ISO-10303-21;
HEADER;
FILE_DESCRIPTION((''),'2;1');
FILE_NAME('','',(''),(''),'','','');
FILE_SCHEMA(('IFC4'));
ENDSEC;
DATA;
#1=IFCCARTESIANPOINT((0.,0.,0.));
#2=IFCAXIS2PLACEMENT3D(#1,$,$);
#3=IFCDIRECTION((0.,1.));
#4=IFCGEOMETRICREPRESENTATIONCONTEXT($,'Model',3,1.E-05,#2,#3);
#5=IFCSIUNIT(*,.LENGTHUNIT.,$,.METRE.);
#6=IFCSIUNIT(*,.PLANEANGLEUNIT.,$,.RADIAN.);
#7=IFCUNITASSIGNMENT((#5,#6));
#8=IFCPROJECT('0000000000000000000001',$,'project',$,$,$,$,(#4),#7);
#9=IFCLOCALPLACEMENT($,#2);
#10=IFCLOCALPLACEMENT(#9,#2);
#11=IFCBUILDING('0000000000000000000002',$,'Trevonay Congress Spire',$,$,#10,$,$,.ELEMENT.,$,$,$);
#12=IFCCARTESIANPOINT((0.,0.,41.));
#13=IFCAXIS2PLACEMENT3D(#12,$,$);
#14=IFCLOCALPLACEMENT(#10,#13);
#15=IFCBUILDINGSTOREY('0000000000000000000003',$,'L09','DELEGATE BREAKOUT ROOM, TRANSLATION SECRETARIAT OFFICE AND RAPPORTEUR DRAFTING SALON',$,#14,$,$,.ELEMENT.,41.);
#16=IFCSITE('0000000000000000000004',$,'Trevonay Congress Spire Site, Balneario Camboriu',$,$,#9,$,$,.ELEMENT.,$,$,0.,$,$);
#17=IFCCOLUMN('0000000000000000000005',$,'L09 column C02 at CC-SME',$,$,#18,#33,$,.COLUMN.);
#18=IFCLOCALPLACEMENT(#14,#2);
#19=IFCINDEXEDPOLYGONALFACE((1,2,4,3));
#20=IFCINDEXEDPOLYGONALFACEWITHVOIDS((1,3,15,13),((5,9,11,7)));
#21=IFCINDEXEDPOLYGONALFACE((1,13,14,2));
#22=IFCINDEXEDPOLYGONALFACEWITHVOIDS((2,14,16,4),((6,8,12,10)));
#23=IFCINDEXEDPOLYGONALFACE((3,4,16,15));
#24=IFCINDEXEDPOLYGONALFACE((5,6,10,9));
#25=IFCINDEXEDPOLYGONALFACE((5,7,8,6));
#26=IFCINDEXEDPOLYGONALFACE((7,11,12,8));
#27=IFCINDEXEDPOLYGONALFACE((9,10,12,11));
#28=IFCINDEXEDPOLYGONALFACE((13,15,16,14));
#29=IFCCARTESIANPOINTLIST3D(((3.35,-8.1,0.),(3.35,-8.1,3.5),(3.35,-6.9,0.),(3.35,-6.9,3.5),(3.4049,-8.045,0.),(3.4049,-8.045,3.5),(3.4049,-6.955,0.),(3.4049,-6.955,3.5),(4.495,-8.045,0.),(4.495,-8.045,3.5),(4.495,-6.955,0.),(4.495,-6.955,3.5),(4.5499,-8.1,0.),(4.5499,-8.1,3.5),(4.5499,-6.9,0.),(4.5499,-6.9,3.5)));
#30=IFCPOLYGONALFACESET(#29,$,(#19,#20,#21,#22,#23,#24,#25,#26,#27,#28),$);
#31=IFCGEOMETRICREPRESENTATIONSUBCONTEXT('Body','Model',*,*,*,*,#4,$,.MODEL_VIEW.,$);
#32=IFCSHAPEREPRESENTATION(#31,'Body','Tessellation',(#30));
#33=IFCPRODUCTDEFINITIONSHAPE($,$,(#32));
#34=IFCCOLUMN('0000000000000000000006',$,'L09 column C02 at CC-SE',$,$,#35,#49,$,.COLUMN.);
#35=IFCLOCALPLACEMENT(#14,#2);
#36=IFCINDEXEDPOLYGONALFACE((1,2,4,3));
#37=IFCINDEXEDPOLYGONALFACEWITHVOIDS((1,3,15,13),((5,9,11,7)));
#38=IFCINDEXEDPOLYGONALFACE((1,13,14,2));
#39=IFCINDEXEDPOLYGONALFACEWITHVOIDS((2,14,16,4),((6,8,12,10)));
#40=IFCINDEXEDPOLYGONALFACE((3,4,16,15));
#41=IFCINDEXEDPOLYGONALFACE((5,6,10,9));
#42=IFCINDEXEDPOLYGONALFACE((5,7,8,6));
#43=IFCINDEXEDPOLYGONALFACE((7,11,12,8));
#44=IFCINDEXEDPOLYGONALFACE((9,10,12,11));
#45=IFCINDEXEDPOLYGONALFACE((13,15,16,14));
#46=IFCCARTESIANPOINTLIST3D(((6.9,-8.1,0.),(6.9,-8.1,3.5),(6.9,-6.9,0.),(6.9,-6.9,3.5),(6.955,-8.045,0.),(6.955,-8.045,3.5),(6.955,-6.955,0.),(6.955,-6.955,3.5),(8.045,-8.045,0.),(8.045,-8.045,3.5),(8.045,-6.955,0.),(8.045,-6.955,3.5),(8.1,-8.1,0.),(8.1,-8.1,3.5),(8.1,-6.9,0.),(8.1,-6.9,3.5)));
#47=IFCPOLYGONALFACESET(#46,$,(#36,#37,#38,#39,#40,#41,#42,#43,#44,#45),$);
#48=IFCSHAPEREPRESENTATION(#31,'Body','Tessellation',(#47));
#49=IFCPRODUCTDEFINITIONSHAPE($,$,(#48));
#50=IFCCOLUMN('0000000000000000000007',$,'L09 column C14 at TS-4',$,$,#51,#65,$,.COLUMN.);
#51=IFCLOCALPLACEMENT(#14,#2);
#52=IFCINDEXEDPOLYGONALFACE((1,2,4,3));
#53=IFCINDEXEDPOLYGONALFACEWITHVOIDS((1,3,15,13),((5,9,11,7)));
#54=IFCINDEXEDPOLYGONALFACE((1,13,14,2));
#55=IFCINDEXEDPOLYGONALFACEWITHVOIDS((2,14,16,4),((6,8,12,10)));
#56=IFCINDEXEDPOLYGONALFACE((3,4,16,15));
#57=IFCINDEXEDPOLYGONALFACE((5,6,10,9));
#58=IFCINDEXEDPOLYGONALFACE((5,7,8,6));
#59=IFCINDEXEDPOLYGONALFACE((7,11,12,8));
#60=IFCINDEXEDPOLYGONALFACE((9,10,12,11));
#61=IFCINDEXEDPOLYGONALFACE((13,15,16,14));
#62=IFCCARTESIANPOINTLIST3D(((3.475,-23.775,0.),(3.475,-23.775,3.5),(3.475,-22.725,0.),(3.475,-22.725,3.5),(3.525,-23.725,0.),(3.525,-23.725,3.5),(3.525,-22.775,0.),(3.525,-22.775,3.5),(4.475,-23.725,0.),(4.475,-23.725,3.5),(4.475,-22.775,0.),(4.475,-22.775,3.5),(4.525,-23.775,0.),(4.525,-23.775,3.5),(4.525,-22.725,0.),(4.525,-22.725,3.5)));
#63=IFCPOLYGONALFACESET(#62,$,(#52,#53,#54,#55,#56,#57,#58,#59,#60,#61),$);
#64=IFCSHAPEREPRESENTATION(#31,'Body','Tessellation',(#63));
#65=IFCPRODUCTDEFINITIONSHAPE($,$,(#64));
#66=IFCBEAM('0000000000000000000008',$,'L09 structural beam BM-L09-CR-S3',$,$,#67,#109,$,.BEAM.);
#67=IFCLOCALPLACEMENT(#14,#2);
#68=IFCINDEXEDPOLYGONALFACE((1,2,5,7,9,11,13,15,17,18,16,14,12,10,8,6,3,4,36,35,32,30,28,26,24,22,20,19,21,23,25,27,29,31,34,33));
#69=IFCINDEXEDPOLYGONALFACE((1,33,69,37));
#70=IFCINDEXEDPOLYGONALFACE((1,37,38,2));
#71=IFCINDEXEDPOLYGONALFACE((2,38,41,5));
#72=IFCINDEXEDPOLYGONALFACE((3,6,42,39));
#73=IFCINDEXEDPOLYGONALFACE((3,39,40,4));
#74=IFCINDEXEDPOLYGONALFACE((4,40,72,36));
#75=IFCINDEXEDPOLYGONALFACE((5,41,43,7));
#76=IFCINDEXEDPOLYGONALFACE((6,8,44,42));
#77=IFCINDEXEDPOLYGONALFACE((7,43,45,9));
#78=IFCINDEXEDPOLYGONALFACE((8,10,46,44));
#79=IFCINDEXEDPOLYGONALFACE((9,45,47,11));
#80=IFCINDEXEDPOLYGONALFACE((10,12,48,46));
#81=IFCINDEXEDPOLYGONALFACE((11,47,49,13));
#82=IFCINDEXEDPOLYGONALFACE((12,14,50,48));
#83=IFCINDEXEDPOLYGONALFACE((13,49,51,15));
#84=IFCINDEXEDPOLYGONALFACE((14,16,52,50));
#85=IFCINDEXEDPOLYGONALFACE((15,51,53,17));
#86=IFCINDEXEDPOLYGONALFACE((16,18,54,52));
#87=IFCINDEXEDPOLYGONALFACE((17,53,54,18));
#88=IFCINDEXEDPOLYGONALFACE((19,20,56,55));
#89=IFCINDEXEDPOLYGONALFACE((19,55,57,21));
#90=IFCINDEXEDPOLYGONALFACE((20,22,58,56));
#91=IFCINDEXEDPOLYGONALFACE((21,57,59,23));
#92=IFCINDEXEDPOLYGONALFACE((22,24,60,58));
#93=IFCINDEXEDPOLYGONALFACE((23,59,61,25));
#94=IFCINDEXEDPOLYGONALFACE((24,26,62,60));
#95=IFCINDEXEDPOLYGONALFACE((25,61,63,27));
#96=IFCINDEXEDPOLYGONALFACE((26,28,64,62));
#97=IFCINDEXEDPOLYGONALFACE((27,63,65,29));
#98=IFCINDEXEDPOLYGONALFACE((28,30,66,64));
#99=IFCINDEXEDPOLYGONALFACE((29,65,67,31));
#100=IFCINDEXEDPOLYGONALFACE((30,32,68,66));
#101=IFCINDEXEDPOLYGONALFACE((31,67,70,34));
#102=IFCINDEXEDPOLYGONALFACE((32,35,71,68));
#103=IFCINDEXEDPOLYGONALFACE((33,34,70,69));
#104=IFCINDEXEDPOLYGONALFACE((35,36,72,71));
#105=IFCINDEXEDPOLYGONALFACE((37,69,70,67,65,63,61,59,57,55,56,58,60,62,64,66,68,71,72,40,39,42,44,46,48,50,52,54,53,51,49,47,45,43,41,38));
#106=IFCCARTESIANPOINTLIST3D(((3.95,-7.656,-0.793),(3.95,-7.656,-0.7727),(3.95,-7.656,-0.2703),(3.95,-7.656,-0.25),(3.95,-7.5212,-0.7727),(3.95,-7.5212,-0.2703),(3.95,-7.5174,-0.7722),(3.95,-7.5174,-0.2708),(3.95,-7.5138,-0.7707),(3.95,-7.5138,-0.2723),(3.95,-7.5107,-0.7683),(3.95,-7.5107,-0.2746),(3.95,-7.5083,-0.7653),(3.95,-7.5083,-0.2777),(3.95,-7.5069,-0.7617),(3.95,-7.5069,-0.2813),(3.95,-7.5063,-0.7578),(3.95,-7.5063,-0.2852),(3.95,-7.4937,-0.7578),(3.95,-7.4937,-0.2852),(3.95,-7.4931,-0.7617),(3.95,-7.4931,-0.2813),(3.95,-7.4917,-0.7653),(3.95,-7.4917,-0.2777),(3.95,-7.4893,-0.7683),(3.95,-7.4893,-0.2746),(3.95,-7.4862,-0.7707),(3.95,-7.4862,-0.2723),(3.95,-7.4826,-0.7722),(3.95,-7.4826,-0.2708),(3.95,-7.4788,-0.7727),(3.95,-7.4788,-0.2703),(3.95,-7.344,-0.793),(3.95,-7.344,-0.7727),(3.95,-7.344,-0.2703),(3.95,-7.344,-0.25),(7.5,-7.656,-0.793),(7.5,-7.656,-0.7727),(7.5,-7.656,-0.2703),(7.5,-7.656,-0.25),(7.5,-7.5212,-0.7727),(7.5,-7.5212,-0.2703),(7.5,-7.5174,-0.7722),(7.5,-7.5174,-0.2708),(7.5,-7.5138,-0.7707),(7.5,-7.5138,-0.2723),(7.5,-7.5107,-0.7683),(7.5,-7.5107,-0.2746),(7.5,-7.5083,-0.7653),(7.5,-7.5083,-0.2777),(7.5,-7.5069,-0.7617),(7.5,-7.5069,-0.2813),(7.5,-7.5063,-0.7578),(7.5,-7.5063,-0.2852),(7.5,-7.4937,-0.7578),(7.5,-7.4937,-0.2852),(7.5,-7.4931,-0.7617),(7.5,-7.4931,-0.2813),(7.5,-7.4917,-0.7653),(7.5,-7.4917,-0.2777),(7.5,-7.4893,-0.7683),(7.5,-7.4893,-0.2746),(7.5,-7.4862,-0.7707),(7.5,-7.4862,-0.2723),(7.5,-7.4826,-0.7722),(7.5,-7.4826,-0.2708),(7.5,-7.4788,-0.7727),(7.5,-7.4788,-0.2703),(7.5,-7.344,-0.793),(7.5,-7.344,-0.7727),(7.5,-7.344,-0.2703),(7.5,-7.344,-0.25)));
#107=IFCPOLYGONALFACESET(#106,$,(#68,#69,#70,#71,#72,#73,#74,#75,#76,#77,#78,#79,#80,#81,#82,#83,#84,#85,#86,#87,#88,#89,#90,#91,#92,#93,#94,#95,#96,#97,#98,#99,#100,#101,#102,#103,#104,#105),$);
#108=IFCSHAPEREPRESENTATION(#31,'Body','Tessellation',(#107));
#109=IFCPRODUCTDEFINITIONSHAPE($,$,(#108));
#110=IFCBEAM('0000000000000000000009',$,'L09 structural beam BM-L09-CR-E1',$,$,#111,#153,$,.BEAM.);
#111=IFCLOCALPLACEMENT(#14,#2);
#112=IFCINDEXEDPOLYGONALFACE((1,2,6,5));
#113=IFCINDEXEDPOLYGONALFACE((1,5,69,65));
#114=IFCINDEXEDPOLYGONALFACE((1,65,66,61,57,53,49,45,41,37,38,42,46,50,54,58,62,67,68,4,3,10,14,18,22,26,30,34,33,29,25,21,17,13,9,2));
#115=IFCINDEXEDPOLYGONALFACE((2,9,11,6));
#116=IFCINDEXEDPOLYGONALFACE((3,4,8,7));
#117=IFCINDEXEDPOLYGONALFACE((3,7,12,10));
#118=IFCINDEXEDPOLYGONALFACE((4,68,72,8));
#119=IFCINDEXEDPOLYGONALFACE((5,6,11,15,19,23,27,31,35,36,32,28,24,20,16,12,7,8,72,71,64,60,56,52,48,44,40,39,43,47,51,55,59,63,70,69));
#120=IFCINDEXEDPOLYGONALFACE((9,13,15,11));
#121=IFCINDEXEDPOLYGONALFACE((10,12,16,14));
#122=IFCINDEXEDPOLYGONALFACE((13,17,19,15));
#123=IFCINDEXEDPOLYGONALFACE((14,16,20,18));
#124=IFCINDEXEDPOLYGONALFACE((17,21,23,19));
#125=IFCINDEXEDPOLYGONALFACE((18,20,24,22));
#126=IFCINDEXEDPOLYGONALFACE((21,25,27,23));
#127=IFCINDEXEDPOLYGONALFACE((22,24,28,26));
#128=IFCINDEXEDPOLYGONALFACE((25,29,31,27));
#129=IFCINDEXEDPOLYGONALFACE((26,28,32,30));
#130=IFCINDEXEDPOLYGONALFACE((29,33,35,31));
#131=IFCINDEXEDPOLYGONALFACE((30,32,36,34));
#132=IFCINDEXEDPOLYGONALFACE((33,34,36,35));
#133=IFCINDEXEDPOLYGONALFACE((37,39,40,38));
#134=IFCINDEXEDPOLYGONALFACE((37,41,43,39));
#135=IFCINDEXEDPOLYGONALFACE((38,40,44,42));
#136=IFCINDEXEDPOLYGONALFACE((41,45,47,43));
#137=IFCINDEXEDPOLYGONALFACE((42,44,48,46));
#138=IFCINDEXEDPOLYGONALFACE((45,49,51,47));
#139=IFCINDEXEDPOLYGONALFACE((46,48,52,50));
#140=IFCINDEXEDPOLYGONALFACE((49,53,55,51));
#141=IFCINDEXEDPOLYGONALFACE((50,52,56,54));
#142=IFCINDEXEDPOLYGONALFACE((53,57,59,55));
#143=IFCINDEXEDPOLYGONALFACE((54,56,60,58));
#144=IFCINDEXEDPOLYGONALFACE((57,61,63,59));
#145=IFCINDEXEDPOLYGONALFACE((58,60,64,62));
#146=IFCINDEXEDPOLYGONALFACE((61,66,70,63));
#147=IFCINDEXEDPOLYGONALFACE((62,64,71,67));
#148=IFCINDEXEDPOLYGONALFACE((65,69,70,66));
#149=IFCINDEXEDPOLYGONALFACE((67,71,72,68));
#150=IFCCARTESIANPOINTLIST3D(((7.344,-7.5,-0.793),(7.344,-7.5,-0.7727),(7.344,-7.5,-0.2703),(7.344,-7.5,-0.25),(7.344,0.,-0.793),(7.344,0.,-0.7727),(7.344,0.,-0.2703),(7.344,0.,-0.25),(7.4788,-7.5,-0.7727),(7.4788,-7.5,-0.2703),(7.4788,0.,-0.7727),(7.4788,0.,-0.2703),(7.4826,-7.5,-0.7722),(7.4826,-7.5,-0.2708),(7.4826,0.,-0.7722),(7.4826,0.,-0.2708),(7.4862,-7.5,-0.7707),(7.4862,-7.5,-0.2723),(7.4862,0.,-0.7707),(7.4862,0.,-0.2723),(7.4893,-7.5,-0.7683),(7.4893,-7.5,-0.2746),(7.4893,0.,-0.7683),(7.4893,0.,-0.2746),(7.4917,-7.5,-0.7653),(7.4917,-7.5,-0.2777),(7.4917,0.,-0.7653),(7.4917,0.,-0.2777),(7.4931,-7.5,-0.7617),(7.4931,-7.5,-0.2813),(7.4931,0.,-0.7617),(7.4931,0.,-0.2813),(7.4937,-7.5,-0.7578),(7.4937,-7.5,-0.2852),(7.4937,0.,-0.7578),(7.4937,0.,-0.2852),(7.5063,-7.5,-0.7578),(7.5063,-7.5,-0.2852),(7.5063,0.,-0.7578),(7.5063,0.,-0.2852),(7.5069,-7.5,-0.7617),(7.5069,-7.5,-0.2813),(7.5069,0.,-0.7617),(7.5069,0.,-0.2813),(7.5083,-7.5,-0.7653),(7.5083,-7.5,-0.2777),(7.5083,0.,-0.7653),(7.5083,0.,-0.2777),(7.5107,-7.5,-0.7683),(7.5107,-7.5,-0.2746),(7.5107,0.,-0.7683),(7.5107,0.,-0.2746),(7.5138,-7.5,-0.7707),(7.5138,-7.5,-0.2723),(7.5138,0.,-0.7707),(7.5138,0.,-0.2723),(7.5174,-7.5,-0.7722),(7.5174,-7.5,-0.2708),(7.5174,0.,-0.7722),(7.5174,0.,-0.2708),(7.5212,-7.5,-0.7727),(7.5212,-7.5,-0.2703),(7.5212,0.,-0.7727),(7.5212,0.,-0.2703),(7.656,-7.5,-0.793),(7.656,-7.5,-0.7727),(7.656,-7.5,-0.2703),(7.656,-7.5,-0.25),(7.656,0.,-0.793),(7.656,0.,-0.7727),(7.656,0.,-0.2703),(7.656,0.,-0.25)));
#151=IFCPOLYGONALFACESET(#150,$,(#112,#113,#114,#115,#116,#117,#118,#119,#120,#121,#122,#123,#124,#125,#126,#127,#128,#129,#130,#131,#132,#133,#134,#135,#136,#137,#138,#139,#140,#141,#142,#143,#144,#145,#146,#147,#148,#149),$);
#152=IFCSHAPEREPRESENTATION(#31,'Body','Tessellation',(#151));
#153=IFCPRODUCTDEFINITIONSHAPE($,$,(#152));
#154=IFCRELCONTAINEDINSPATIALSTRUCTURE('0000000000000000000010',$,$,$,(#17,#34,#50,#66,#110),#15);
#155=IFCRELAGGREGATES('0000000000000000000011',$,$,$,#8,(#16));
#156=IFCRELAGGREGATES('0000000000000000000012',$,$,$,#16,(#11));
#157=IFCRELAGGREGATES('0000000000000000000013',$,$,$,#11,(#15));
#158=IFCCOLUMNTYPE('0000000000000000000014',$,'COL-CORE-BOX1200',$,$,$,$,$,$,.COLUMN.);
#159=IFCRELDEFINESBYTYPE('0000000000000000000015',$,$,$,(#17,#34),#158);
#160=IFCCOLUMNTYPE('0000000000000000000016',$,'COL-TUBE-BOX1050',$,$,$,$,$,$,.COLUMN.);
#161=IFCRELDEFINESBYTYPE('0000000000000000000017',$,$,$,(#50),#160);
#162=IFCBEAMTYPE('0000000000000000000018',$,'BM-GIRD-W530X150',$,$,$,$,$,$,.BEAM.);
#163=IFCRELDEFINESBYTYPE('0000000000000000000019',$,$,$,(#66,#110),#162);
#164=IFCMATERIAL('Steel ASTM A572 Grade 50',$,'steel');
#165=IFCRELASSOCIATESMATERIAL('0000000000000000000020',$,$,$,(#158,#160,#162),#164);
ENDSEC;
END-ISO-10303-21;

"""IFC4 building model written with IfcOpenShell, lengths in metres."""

from ifc_helpers import new_model, si_unit, direction, frame, origin, origin_2d, place, context, subcontext, project, spatial, hollow_rectangle, i_section, extrude, material, material_profile, profile_set, type_object, element, save


model = new_model("IFC4")

# Units and contexts
model_context = context("Model", 3, precision=1e-05, world=origin(), true_north=direction((0.0, 1.0)))
body_context = subcontext(model_context, "Body", "Model", "MODEL_VIEW")
ifc_project = project(units=[si_unit("LENGTHUNIT", "METRE"), si_unit("PLANEANGLEUNIT", "RADIAN")], contexts=[model_context])

# Site, building, storey
site_placement = place(None, origin())
site = spatial("IfcSite", under=ifc_project, at=site_placement, Name="Trevonay Congress Spire Site, Balneario Camboriu", CompositionType="ELEMENT", RefElevation=0.0)
building_placement = place(site_placement, origin())
building = spatial("IfcBuilding", under=site, at=building_placement, Name="Trevonay Congress Spire", CompositionType="ELEMENT")
storey_placement = place(building_placement, frame((0.0, 0.0, 41.0)))
storey = spatial("IfcBuildingStorey", under=building, at=storey_placement, Name="L09", Description="DELEGATE BREAKOUT ROOM, TRANSLATION SECRETARIAT OFFICE AND RAPPORTEUR DRAFTING SALON", CompositionType="ELEMENT", Elevation=41.0)

# Columns
ifc_material_1 = material(Name="Steel ASTM A572 Grade 50", Category="steel")
ifc_material_profile_1 = material_profile(ifc_material_1, hollow_rectangle(XDim=1.2, YDim=1.2, WallThickness=0.0549, at=origin_2d()), Name="BOX 1200x1200x55")
ifc_profile_set_1 = profile_set([ifc_material_profile_1], Name="Steel ASTM A572 Grade 50")
column_type_1 = type_object("IfcColumnType", Name="COL-CORE-BOX1200", PredefinedType="COLUMN", material=ifc_profile_set_1)
for number, where, z_axis, x_axis, name in (
    (1, (3.95, -7.5, 0.0), (0.0, 0.0, 1.0), (1.0, 0.0, 0.0), "L09 column C02 at CC-SME"),
    (2, (7.5, -7.5, 0.0), (0.0, 0.0, 1.0), (1.0, 0.0, 0.0), "L09 column C02 at CC-SE"),
):
    element("IfcColumn", number, at=place(storey_placement, frame(where, z_axis=z_axis, x_axis=x_axis)), inside=storey, type_object=column_type_1, Name=name, PredefinedType="COLUMN", context=body_context, shape_type="SweptSolid", body=[
        extrude(hollow_rectangle(XDim=1.2, YDim=1.2, WallThickness=0.0549, at=origin_2d()), origin(), (0.0, 0.0, 1.0), 3.5),
    ])
ifc_material_profile_2 = material_profile(ifc_material_1, hollow_rectangle(XDim=1.05, YDim=1.05, WallThickness=0.05, at=origin_2d()), Name="BOX 1050x1050x50")
ifc_profile_set_2 = profile_set([ifc_material_profile_2], Name="Steel ASTM A572 Grade 50")
column_type_2 = type_object("IfcColumnType", Name="COL-TUBE-BOX1050", PredefinedType="COLUMN", material=ifc_profile_set_2)
column_placement = place(storey_placement, frame((4.0, -23.25, 0.0), z_axis=(0.0, 0.0, 1.0), x_axis=(1.0, 0.0, 0.0)))
element("IfcColumn", 3, at=column_placement, inside=storey, type_object=column_type_2, Name="L09 column C14 at TS-4", PredefinedType="COLUMN", context=body_context, shape_type="SweptSolid", body=[
    extrude(hollow_rectangle(XDim=1.05, YDim=1.05, WallThickness=0.05, at=origin_2d()), origin(), (0.0, 0.0, 1.0), 3.5),
])

# Beams
ifc_material_profile_3 = material_profile(ifc_material_1, i_section(OverallWidth=0.312, OverallDepth=0.543, WebThickness=0.0127, FlangeThickness=0.0203, FilletRadius=0.0149, at=origin_2d()), Name="W530x150")
ifc_profile_set_3 = profile_set([ifc_material_profile_3], Name="Steel ASTM A572 Grade 50")
beam_type_1 = type_object("IfcBeamType", Name="BM-GIRD-W530X150", PredefinedType="BEAM", material=ifc_profile_set_3)
beam_1_placement = place(storey_placement, frame((3.95, -7.5, -0.5215), z_axis=(1.0, 0.0, 0.0), x_axis=(0.0, 1.0, 0.0)))
element("IfcBeam", 4, at=beam_1_placement, inside=storey, type_object=beam_type_1, Name="L09 structural beam BM-L09-CR-S3", PredefinedType="BEAM", context=body_context, shape_type="SweptSolid", body=[
    extrude(i_section(OverallWidth=0.312, OverallDepth=0.543, WebThickness=0.0127, FlangeThickness=0.0203, FilletRadius=0.0149, at=origin_2d()), origin(), (0.0, 0.0, 1.0), 3.55),
])
beam_2_placement = place(storey_placement, frame((7.5, -7.5, -0.5215), z_axis=(0.0, 1.0, 0.0), x_axis=(-1.0, 0.0, 0.0)))
element("IfcBeam", 5, at=beam_2_placement, inside=storey, type_object=beam_type_1, Name="L09 structural beam BM-L09-CR-E1", PredefinedType="BEAM", context=body_context, shape_type="SweptSolid", body=[
    extrude(i_section(OverallWidth=0.312, OverallDepth=0.543, WebThickness=0.0127, FlangeThickness=0.0203, FilletRadius=0.0149, at=origin_2d()), origin(), (0.0, 0.0, 1.0), 7.5),
])

save(model, "model.ifc")
